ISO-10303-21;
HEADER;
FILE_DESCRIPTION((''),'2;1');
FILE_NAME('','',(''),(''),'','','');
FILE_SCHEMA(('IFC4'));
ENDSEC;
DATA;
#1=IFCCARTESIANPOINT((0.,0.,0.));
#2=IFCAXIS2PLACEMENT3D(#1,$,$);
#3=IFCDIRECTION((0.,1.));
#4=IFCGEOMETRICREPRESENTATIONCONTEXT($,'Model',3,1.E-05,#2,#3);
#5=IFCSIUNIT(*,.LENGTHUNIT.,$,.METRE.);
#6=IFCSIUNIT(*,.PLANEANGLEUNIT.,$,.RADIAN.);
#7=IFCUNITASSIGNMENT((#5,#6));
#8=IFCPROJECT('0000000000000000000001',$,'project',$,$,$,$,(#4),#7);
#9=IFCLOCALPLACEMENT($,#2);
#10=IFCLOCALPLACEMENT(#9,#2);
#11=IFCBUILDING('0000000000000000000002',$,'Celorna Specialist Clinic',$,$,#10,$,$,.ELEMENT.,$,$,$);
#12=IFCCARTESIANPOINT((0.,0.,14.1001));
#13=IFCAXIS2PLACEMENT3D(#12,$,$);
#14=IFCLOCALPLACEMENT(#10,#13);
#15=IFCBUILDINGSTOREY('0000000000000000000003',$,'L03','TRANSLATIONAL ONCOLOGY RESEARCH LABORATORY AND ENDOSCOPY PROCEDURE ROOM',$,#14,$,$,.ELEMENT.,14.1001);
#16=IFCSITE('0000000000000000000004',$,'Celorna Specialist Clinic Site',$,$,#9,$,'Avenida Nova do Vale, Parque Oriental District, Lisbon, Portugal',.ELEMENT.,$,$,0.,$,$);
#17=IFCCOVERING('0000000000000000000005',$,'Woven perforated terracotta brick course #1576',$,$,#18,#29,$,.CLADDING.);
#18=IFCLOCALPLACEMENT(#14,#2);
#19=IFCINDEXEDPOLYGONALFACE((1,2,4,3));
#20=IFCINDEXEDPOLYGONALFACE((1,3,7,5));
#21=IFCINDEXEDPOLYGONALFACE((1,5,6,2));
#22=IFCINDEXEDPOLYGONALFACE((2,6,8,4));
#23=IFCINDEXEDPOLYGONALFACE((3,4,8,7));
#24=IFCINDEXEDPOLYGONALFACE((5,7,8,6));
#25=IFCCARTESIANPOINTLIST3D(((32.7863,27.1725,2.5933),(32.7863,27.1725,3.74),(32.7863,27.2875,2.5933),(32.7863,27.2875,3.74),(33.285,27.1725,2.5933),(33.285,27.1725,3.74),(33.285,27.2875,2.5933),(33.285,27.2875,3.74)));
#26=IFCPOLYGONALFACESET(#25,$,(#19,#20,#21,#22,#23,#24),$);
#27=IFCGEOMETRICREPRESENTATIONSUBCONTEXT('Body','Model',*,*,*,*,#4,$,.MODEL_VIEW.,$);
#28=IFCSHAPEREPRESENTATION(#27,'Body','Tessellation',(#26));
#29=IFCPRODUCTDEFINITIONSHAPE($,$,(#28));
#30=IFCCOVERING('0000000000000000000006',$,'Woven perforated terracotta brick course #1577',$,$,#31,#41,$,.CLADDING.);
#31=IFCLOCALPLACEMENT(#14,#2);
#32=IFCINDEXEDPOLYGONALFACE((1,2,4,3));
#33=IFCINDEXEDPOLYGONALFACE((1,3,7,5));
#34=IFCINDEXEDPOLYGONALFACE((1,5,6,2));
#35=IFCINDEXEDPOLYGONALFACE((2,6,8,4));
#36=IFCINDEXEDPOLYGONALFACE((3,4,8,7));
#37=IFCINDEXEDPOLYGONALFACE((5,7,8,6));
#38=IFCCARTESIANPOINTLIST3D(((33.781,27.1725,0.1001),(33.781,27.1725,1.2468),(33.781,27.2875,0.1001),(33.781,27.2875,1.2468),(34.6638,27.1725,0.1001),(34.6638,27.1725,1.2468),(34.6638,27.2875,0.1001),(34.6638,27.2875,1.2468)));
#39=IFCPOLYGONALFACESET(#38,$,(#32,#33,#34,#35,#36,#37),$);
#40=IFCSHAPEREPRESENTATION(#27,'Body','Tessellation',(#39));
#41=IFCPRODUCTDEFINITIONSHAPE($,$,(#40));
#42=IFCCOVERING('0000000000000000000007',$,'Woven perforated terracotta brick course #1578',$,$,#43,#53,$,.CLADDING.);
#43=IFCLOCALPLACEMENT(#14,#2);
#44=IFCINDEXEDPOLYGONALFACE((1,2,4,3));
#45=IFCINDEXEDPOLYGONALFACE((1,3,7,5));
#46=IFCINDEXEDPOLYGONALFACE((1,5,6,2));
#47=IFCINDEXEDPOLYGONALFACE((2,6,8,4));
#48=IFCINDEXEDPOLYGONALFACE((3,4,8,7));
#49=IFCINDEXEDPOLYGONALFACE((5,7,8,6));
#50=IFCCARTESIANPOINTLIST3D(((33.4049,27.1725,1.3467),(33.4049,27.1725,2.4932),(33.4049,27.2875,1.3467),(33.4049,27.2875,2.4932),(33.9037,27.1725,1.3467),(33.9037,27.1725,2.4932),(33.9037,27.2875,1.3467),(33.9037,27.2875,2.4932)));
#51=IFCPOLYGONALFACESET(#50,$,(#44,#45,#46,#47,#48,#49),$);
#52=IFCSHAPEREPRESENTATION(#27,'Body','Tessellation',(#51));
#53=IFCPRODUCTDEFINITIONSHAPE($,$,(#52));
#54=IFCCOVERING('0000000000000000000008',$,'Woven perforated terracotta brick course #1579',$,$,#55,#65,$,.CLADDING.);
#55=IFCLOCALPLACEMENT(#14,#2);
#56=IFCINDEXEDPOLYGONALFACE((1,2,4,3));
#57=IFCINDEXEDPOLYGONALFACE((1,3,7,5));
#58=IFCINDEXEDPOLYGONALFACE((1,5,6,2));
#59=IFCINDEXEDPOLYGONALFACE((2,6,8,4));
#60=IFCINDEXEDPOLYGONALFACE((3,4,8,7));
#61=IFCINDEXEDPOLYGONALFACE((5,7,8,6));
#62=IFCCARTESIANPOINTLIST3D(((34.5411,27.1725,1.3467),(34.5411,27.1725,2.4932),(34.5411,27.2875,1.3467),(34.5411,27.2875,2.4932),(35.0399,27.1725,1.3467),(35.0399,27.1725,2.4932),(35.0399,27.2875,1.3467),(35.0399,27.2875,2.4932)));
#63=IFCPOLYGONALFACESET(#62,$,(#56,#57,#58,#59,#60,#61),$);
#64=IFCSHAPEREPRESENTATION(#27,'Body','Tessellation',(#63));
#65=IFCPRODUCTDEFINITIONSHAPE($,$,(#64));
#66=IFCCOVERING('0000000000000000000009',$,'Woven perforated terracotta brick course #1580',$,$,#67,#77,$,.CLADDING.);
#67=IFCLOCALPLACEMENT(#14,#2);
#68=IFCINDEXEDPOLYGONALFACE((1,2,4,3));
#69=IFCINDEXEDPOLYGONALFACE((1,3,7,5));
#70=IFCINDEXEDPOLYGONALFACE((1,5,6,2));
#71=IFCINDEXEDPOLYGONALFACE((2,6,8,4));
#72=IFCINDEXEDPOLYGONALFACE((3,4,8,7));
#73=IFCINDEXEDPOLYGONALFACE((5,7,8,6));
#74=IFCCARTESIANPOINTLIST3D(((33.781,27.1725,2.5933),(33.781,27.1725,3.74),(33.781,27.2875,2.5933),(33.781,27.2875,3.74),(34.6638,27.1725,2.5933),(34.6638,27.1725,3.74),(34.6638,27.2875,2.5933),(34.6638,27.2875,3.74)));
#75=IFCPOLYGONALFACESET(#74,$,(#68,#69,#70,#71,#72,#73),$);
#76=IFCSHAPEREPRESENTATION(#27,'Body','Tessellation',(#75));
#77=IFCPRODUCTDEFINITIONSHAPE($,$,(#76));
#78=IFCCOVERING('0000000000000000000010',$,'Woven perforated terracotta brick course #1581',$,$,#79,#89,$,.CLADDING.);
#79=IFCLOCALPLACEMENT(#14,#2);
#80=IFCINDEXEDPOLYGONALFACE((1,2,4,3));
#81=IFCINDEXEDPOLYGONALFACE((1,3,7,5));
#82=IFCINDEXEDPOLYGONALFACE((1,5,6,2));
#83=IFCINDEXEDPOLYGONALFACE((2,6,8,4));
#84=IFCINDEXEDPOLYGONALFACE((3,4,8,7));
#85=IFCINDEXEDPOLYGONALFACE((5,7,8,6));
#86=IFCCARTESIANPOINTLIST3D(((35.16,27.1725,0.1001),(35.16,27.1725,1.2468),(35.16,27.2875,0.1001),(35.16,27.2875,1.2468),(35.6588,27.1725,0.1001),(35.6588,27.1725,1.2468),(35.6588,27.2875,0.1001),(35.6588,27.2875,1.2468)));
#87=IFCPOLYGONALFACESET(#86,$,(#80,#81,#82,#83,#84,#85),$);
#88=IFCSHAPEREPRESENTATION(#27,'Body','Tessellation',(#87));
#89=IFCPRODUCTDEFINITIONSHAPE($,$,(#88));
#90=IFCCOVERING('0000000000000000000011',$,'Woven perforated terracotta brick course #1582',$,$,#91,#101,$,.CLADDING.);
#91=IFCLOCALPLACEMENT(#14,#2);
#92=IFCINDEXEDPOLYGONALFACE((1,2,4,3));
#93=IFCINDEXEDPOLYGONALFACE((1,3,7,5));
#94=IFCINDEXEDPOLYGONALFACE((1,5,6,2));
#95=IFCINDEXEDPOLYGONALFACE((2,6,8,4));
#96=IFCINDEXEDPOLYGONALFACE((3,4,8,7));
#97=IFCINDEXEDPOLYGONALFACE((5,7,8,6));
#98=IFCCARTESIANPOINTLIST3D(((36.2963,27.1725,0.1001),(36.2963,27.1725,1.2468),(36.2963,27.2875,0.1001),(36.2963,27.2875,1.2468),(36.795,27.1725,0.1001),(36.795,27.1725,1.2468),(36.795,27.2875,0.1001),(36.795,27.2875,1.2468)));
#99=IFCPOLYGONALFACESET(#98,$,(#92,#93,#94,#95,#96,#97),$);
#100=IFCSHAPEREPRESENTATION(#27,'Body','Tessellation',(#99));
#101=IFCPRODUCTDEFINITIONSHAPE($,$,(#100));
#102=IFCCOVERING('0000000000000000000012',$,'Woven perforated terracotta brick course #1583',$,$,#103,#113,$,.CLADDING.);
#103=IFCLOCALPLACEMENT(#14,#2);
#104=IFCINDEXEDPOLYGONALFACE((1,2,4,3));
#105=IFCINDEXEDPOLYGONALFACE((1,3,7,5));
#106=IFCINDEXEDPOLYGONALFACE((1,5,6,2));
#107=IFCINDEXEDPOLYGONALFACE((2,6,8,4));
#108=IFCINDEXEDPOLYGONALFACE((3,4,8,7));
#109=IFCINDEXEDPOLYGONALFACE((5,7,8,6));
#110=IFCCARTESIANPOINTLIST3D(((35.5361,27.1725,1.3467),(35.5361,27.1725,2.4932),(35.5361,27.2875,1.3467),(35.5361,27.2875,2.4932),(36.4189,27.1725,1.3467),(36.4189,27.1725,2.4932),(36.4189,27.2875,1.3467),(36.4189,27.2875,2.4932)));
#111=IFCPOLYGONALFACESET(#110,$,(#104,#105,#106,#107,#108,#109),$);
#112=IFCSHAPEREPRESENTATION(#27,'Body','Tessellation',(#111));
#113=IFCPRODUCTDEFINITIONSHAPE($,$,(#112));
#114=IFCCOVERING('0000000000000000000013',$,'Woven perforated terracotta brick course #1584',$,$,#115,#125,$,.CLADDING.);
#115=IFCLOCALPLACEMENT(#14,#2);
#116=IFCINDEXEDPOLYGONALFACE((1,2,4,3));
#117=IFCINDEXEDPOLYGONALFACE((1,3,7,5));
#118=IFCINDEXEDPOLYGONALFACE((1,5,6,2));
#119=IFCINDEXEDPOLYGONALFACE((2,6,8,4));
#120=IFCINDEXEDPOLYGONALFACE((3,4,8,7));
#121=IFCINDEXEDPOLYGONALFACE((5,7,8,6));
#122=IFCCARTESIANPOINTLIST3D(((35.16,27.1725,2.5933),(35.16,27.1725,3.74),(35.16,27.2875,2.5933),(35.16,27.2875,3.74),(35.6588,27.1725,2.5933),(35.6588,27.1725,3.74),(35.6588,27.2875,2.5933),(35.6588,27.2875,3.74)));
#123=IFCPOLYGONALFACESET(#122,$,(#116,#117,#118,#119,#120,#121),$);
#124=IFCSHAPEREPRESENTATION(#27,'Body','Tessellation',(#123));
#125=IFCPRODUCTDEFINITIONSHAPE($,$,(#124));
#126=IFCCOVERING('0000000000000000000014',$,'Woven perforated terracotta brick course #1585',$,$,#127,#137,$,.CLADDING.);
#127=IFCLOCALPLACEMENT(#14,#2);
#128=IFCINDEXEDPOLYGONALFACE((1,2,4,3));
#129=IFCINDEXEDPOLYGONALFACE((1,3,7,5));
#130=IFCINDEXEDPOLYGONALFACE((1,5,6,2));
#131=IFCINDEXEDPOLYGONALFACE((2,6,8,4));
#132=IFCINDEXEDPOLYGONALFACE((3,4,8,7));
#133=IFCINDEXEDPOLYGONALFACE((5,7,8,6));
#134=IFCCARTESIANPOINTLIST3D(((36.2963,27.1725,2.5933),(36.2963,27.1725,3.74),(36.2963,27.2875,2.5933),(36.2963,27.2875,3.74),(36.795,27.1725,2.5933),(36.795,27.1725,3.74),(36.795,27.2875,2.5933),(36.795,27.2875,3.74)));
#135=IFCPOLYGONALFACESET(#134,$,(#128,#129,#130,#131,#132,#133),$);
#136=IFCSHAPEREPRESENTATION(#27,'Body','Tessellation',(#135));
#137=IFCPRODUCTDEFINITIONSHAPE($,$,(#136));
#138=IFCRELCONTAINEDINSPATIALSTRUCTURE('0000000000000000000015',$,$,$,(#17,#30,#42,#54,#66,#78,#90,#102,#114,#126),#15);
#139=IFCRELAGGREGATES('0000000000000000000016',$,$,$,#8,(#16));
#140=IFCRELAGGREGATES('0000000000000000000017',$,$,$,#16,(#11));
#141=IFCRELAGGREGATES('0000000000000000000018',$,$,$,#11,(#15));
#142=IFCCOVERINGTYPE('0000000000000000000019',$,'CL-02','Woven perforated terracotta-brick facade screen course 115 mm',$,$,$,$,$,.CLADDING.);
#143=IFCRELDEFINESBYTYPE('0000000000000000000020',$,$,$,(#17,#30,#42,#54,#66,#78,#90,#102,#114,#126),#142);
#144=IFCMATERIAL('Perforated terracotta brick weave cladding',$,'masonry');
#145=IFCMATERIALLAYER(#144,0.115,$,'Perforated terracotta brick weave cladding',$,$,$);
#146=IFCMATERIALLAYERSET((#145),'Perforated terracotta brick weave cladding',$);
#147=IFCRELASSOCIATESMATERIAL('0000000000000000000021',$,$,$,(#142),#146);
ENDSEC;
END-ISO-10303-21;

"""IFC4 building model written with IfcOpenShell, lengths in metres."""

from ifc_helpers import new_model, si_unit, direction, frame, origin, origin_2d, place, context, subcontext, project, spatial, rectangle, extrude, material, layer, layer_set, type_object, element, save


model = new_model("IFC4")

# Units and contexts
model_context = context("Model", 3, precision=1e-05, world=origin(), true_north=direction((0.0, 1.0)))
body_context = subcontext(model_context, "Body", "Model", "MODEL_VIEW")
ifc_project = project(units=[si_unit("LENGTHUNIT", "METRE"), si_unit("PLANEANGLEUNIT", "RADIAN")], contexts=[model_context])

# Site, building, storey
site_placement = place(None, origin())
site = spatial("IfcSite", under=ifc_project, at=site_placement, Name="Celorna Specialist Clinic Site", LongName="Avenida Nova do Vale, Parque Oriental District, Lisbon, Portugal", CompositionType="ELEMENT", RefElevation=0.0)
building_placement = place(site_placement, origin())
building = spatial("IfcBuilding", under=site, at=building_placement, Name="Celorna Specialist Clinic", CompositionType="ELEMENT")
storey_placement = place(building_placement, frame((0.0, 0.0, 14.1001)))
storey = spatial("IfcBuildingStorey", under=building, at=storey_placement, Name="L03", Description="TRANSLATIONAL ONCOLOGY RESEARCH LABORATORY AND ENDOSCOPY PROCEDURE ROOM", CompositionType="ELEMENT", Elevation=14.1001)

# Coverings
ifc_material_1 = material(Name="Perforated terracotta brick weave cladding", Category="masonry")
ifc_layer = layer(ifc_material_1, 0.115, Name="Perforated terracotta brick weave cladding")
ifc_layer_set = layer_set([ifc_layer], Name="Perforated terracotta brick weave cladding")
covering_type = type_object("IfcCoveringType", Name="CL-02", Description="Woven perforated terracotta-brick facade screen course 115 mm", PredefinedType="CLADDING", material=ifc_layer_set)
for number, where, z_axis, x_axis, name in (
    (1, (33.0356, 27.23, 2.5933), (0.0, 0.0, 1.0), (1.0, 0.0, 0.0), "Woven perforated terracotta brick course #1576"),
):
    element("IfcCovering", number, at=place(storey_placement, frame(where, z_axis=z_axis, x_axis=x_axis)), inside=storey, type_object=covering_type, Name=name, PredefinedType="CLADDING", context=body_context, shape_type="SweptSolid", body=[
        extrude(rectangle(XDim=0.4988, YDim=0.115, at=origin_2d()), origin(), (0.0, 0.0, 1.0), 1.1467),
    ])
covering_1_placement = place(storey_placement, frame((34.2224, 27.23, 0.1001), z_axis=(0.0, 0.0, 1.0), x_axis=(1.0, 0.0, 0.0)))
element("IfcCovering", 2, at=covering_1_placement, inside=storey, type_object=covering_type, Name="Woven perforated terracotta brick course #1577", PredefinedType="CLADDING", context=body_context, shape_type="SweptSolid", body=[
    extrude(rectangle(XDim=0.8828, YDim=0.115, at=origin_2d()), origin(), (0.0, 0.0, 1.0), 1.1467),
])
for number, where, z_axis, x_axis, name in (
    (3, (33.6543, 27.23, 1.3467), (0.0, 0.0, 1.0), (1.0, 0.0, 0.0), "Woven perforated terracotta brick course #1578"),
    (4, (34.7905, 27.23, 1.3467), (0.0, 0.0, 1.0), (1.0, 0.0, 0.0), "Woven perforated terracotta brick course #1579"),
):
    element("IfcCovering", number, at=place(storey_placement, frame(where, z_axis=z_axis, x_axis=x_axis)), inside=storey, type_object=covering_type, Name=name, PredefinedType="CLADDING", context=body_context, shape_type="SweptSolid", body=[
        extrude(rectangle(XDim=0.4988, YDim=0.115, at=origin_2d()), origin(), (0.0, 0.0, 1.0), 1.1465),
    ])
covering_2_placement = place(storey_placement, frame((34.2224, 27.23, 2.5933), z_axis=(0.0, 0.0, 1.0), x_axis=(1.0, 0.0, 0.0)))
element("IfcCovering", 5, at=covering_2_placement, inside=storey, type_object=covering_type, Name="Woven perforated terracotta brick course #1580", PredefinedType="CLADDING", context=body_context, shape_type="SweptSolid", body=[
    extrude(rectangle(XDim=0.8828, YDim=0.115, at=origin_2d()), origin(), (0.0, 0.0, 1.0), 1.1467),
])
for number, where, z_axis, x_axis, name in (
    (6, (35.4094, 27.23, 0.1001), (0.0, 0.0, 1.0), (1.0, 0.0, 0.0), "Woven perforated terracotta brick course #1581"),
    (7, (36.5457, 27.23, 0.1001), (0.0, 0.0, 1.0), (1.0, 0.0, 0.0), "Woven perforated terracotta brick course #1582"),
):
    element("IfcCovering", number, at=place(storey_placement, frame(where, z_axis=z_axis, x_axis=x_axis)), inside=storey, type_object=covering_type, Name=name, PredefinedType="CLADDING", context=body_context, shape_type="SweptSolid", body=[
        extrude(rectangle(XDim=0.4988, YDim=0.115, at=origin_2d()), origin(), (0.0, 0.0, 1.0), 1.1467),
    ])
covering_3_placement = place(storey_placement, frame((35.9775, 27.23, 1.3467), z_axis=(0.0, 0.0, 1.0), x_axis=(1.0, 0.0, 0.0)))
element("IfcCovering", 8, at=covering_3_placement, inside=storey, type_object=covering_type, Name="Woven perforated terracotta brick course #1583", PredefinedType="CLADDING", context=body_context, shape_type="SweptSolid", body=[
    extrude(rectangle(XDim=0.8828, YDim=0.115, at=origin_2d()), origin(), (0.0, 0.0, 1.0), 1.1465),
])
for number, where, z_axis, x_axis, name in (
    (9, (35.4094, 27.23, 2.5933), (0.0, 0.0, 1.0), (1.0, 0.0, 0.0), "Woven perforated terracotta brick course #1584"),
    (10, (36.5457, 27.23, 2.5933), (0.0, 0.0, 1.0), (1.0, 0.0, 0.0), "Woven perforated terracotta brick course #1585"),
):
    element("IfcCovering", number, at=place(storey_placement, frame(where, z_axis=z_axis, x_axis=x_axis)), inside=storey, type_object=covering_type, Name=name, PredefinedType="CLADDING", context=body_context, shape_type="SweptSolid", body=[
        extrude(rectangle(XDim=0.4988, YDim=0.115, at=origin_2d()), origin(), (0.0, 0.0, 1.0), 1.1467),
    ])

save(model, "model.ifc")
